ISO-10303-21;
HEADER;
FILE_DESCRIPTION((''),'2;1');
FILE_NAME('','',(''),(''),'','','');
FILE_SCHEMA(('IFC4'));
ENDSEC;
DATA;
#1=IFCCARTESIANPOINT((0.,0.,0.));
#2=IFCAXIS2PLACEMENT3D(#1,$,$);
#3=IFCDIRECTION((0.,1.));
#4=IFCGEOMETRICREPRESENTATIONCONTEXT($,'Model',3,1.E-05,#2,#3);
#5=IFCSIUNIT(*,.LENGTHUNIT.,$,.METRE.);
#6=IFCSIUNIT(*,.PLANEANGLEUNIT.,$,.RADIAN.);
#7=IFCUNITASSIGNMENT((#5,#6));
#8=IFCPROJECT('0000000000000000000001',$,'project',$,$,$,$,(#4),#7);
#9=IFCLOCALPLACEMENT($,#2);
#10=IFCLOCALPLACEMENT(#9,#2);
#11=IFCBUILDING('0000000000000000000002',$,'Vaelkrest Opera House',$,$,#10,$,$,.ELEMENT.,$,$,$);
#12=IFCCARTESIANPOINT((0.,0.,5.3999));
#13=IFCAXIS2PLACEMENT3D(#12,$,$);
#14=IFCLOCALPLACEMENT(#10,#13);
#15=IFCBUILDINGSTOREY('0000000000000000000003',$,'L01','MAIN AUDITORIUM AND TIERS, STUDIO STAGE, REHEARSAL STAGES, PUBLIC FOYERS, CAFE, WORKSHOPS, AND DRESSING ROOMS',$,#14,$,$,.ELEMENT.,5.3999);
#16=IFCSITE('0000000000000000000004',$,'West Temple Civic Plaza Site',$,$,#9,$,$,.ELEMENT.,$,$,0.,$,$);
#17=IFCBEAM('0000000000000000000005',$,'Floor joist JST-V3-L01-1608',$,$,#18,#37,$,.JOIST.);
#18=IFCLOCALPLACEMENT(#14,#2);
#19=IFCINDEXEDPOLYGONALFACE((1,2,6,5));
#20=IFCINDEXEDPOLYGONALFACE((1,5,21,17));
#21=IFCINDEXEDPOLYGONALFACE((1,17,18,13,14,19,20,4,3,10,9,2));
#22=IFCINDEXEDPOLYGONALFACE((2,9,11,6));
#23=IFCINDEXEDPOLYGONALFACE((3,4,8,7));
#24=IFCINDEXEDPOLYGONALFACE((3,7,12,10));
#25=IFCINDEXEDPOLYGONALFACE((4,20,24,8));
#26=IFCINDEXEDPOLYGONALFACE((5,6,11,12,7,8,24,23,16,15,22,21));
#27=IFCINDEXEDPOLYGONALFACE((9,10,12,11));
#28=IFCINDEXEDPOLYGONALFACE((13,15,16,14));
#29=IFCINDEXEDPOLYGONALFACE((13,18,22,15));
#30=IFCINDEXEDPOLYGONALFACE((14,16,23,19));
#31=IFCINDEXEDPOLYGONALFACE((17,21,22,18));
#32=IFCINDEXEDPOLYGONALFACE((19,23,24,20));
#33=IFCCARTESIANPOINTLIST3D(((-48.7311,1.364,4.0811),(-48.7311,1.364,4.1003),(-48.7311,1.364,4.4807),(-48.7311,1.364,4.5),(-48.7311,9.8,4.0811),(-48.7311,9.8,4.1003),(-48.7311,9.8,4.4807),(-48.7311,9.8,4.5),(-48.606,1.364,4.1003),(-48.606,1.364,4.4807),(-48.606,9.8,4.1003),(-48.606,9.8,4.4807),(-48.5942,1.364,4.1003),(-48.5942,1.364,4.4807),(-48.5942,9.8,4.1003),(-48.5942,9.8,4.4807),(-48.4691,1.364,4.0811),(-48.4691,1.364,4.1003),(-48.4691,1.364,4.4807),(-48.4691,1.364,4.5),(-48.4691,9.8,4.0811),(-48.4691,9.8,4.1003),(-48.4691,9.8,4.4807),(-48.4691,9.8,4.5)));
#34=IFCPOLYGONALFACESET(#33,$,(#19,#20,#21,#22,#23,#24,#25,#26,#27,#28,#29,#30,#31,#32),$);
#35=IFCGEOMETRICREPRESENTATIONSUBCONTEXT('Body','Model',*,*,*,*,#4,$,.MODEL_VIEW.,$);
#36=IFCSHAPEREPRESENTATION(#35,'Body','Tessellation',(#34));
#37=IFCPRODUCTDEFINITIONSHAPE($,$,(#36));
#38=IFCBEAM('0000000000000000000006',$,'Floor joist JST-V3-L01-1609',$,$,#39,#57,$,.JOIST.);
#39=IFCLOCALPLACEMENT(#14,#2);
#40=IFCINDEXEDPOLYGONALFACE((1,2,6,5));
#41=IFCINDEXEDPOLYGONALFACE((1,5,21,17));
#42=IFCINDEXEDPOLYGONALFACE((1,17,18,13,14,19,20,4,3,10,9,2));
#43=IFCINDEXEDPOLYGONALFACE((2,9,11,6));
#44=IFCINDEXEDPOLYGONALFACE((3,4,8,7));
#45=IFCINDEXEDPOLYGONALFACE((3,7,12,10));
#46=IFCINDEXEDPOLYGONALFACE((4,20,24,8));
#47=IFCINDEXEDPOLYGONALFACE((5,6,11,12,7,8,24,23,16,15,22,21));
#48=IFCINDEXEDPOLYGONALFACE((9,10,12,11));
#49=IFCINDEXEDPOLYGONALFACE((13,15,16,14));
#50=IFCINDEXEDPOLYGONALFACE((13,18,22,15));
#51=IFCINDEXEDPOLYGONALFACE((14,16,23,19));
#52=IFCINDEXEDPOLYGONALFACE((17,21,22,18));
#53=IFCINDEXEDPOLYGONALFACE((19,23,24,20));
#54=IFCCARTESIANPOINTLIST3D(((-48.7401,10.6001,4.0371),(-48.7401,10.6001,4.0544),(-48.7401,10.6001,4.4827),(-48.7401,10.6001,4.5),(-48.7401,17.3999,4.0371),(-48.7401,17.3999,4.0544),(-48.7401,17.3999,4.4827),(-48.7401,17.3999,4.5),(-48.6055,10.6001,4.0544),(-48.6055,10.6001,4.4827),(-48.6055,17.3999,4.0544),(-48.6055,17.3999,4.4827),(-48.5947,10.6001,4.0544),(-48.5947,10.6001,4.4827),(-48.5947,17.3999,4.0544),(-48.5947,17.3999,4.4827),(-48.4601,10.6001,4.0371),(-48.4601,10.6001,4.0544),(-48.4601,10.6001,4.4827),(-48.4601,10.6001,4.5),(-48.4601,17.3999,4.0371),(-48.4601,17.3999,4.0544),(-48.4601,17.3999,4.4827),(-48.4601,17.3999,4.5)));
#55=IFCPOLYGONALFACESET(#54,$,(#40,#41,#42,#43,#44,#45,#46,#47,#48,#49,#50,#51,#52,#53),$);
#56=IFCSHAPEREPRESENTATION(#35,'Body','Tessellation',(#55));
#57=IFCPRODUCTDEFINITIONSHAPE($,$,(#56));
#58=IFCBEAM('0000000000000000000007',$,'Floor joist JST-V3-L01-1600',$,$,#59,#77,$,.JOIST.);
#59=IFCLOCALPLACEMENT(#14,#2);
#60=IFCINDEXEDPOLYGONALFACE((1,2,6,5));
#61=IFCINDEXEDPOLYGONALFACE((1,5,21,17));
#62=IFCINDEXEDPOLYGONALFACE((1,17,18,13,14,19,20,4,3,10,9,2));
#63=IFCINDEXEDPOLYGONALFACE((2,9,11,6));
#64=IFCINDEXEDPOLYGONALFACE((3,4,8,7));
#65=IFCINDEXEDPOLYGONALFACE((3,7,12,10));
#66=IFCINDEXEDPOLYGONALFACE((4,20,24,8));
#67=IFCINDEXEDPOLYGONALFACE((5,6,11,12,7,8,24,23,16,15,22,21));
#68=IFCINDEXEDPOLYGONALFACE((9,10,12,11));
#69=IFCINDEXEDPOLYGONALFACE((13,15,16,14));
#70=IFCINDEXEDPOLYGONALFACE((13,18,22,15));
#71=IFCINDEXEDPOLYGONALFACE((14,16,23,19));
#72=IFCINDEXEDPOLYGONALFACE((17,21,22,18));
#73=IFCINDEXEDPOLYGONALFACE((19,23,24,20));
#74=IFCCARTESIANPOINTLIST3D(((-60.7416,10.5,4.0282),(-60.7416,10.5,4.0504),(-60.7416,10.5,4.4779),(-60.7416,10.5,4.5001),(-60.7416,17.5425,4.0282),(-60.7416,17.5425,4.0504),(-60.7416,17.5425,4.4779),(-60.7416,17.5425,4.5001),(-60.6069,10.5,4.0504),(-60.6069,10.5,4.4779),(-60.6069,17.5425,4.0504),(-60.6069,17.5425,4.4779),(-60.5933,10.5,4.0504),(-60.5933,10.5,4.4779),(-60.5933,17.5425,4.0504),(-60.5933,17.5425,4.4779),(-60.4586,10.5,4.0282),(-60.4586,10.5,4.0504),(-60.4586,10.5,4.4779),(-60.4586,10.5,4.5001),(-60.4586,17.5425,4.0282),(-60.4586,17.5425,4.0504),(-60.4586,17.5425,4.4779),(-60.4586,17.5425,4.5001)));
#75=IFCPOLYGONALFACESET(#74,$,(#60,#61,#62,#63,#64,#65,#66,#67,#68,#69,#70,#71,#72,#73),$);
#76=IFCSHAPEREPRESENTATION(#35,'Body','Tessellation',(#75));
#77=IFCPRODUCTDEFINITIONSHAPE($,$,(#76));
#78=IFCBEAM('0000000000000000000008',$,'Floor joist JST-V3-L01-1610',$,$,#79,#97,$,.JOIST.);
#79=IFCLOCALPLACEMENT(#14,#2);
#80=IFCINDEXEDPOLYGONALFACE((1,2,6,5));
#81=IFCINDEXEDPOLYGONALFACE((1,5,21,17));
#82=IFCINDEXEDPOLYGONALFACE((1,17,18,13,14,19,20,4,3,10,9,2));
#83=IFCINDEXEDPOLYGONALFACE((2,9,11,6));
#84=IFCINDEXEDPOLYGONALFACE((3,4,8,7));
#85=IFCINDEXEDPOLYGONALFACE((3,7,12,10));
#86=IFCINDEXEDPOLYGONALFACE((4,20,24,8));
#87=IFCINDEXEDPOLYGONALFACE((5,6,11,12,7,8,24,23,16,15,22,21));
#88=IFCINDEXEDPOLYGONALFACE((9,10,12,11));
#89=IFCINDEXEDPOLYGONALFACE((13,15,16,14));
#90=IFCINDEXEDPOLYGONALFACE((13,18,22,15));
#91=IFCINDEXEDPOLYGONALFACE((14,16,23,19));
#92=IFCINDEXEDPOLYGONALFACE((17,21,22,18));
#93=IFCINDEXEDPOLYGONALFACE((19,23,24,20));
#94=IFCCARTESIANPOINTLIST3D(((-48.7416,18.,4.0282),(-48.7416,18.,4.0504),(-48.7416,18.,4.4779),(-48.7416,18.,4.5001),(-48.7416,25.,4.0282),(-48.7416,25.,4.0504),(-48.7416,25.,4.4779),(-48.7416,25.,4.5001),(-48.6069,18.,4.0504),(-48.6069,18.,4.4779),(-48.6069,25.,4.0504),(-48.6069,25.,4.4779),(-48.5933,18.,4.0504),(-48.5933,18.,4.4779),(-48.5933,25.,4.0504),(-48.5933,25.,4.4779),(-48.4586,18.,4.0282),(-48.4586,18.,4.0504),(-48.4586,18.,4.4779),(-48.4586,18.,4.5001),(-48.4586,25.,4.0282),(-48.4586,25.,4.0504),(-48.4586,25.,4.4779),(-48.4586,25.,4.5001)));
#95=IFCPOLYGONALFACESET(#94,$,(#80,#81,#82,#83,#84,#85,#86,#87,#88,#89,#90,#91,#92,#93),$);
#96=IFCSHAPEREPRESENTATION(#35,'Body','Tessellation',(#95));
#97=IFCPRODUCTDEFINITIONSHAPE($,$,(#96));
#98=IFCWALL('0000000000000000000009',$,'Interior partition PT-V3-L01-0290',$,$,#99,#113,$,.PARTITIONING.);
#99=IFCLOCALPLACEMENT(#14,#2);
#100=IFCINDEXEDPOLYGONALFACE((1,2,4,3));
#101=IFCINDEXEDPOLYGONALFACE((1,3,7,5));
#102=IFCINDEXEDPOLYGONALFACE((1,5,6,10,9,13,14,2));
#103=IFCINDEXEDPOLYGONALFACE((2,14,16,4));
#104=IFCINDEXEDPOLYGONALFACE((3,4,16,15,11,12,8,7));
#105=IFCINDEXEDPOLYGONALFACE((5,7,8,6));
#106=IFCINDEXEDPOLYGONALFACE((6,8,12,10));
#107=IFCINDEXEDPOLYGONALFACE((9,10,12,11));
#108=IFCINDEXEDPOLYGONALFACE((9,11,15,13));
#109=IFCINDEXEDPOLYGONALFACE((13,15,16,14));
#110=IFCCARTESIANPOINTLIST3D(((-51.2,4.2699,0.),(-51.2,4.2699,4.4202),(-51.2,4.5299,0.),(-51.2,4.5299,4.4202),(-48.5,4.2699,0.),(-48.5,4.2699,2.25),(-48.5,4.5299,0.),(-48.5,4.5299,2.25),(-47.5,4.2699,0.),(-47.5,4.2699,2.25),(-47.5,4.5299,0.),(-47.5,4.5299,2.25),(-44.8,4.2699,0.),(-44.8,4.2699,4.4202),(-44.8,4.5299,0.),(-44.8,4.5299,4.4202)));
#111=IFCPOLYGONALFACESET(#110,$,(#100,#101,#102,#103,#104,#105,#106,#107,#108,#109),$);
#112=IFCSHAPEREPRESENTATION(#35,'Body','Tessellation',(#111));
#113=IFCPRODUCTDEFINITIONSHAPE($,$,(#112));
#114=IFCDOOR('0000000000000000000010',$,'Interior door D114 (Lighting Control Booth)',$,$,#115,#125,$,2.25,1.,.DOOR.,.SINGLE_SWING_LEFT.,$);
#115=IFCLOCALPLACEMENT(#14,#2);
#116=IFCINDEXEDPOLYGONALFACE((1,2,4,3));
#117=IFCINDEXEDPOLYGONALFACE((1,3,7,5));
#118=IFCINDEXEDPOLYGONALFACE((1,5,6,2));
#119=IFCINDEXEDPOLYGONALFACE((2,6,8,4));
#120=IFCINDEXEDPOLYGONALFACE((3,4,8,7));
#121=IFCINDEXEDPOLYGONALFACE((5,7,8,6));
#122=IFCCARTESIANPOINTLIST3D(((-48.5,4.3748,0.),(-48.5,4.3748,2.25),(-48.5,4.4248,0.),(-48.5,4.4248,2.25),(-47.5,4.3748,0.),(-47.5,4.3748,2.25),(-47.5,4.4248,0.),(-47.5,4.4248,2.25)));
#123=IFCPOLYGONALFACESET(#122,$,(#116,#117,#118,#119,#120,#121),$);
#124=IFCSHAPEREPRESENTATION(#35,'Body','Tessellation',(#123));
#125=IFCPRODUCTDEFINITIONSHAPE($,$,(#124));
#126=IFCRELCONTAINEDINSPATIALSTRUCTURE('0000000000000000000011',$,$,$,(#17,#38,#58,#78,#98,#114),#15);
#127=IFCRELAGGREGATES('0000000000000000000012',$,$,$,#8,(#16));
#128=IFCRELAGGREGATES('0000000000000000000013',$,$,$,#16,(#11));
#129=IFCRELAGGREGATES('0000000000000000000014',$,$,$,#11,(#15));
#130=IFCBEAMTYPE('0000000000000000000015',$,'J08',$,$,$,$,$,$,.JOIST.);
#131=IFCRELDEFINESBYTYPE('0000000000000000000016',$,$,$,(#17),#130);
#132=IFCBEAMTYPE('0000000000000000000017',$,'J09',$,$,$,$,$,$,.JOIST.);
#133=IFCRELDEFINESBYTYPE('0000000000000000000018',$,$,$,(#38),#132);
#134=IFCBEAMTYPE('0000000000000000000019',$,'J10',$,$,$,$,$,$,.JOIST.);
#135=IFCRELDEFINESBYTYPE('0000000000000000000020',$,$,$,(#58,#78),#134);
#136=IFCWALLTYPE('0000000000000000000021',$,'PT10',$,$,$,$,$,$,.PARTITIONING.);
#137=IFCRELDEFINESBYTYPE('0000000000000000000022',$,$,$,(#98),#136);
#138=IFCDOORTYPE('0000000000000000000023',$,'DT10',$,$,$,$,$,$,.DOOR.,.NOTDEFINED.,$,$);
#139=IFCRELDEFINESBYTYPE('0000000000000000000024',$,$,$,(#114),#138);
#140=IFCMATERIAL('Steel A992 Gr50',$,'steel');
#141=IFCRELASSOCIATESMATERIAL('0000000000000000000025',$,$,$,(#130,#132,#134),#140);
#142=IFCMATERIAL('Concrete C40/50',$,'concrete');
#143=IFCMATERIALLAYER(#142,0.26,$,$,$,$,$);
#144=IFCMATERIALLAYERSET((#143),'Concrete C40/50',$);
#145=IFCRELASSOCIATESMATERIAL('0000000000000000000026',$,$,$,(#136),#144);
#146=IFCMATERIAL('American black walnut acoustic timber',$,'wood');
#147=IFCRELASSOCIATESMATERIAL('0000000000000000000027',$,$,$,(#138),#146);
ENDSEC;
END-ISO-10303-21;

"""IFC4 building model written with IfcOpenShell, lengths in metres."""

from ifc_helpers import new_model, si_unit, direction, frame, frame_2d, origin, origin_2d, place, context, subcontext, project, spatial, rectangle, i_section, extrude, material, layer, layer_set, material_profile, profile_set, type_object, element, fill, save


model = new_model("IFC4")

# Units and contexts
model_context = context("Model", 3, precision=1e-05, world=origin(), true_north=direction((0.0, 1.0)))
body_context = subcontext(model_context, "Body", "Model", "MODEL_VIEW")
ifc_project = project(units=[si_unit("LENGTHUNIT", "METRE"), si_unit("PLANEANGLEUNIT", "RADIAN")], contexts=[model_context])

# Site, building, storey
site_placement = place(None, origin())
site = spatial("IfcSite", under=ifc_project, at=site_placement, Name="West Temple Civic Plaza Site", CompositionType="ELEMENT", RefElevation=0.0)
building_placement = place(site_placement, origin())
building = spatial("IfcBuilding", under=site, at=building_placement, Name="Vaelkrest Opera House", CompositionType="ELEMENT")
storey_placement = place(building_placement, frame((0.0, 0.0, 5.3999)))
storey = spatial("IfcBuildingStorey", under=building, at=storey_placement, Name="L01", Description="MAIN AUDITORIUM AND TIERS, STUDIO STAGE, REHEARSAL STAGES, PUBLIC FOYERS, CAFE, WORKSHOPS, AND DRESSING ROOMS", CompositionType="ELEMENT", Elevation=5.3999)

# Beams
ifc_material_1 = material(Name="Steel A992 Gr50", Category="steel")
ifc_material_profile_1 = material_profile(ifc_material_1, i_section(OverallWidth=0.262, OverallDepth=0.4189, WebThickness=0.0117, FlangeThickness=0.0193, at=origin_2d()), Name="W16X77")
ifc_profile_set_1 = profile_set([ifc_material_profile_1], Name="Steel A992 Gr50")
beam_type_1 = type_object("IfcBeamType", Name="J08", PredefinedType="JOIST", material=ifc_profile_set_1)
beam_1_placement = place(storey_placement, frame((-48.6001, 1.364, 4.2905), z_axis=(0.0, 1.0, 0.0), x_axis=(-1.0, 0.0, 0.0)))
element("IfcBeam", 1, at=beam_1_placement, inside=storey, type_object=beam_type_1, Name="Floor joist JST-V3-L01-1608", PredefinedType="JOIST", context=body_context, shape_type="SweptSolid", body=[
    extrude(i_section(OverallWidth=0.262, OverallDepth=0.4189, WebThickness=0.0117, FlangeThickness=0.0193, at=origin_2d()), origin(), (0.0, 0.0, 1.0), 8.436),
])
ifc_material_profile_2 = material_profile(ifc_material_1, i_section(OverallWidth=0.28, OverallDepth=0.4629, WebThickness=0.0107, FlangeThickness=0.0173, at=origin_2d()), Name="W18X76")
ifc_profile_set_2 = profile_set([ifc_material_profile_2], Name="Steel A992 Gr50")
beam_type_2 = type_object("IfcBeamType", Name="J09", PredefinedType="JOIST", material=ifc_profile_set_2)
beam_2_placement = place(storey_placement, frame((-48.6001, 10.6001, 4.2686), z_axis=(0.0, 1.0, 0.0), x_axis=(-1.0, 0.0, 0.0)))
element("IfcBeam", 2, at=beam_2_placement, inside=storey, type_object=beam_type_2, Name="Floor joist JST-V3-L01-1609", PredefinedType="JOIST", context=body_context, shape_type="SweptSolid", body=[
    extrude(i_section(OverallWidth=0.28, OverallDepth=0.4629, WebThickness=0.0107, FlangeThickness=0.0173, at=origin_2d()), origin(), (0.0, 0.0, 1.0), 6.7998),
])
ifc_material_profile_3 = material_profile(ifc_material_1, i_section(OverallWidth=0.283, OverallDepth=0.4719, WebThickness=0.0137, FlangeThickness=0.0222, at=origin_2d()), Name="W18X97")
ifc_profile_set_3 = profile_set([ifc_material_profile_3], Name="Steel A992 Gr50")
beam_type_3 = type_object("IfcBeamType", Name="J10", PredefinedType="JOIST", material=ifc_profile_set_3)
beam_3_placement = place(storey_placement, frame((-60.6001, 10.5, 4.2642), z_axis=(0.0, 1.0, 0.0), x_axis=(-1.0, 0.0, 0.0)))
element("IfcBeam", 3, at=beam_3_placement, inside=storey, type_object=beam_type_3, Name="Floor joist JST-V3-L01-1600", PredefinedType="JOIST", context=body_context, shape_type="SweptSolid", body=[
    extrude(i_section(OverallWidth=0.283, OverallDepth=0.4719, WebThickness=0.0137, FlangeThickness=0.0222, at=origin_2d()), origin(), (0.0, 0.0, 1.0), 7.0425),
])
beam_4_placement = place(storey_placement, frame((-48.6001, 18.0, 4.2642), z_axis=(0.0, 1.0, 0.0), x_axis=(-1.0, 0.0, 0.0)))
element("IfcBeam", 4, at=beam_4_placement, inside=storey, type_object=beam_type_3, Name="Floor joist JST-V3-L01-1610", PredefinedType="JOIST", context=body_context, shape_type="SweptSolid", body=[
    extrude(i_section(OverallWidth=0.283, OverallDepth=0.4719, WebThickness=0.0137, FlangeThickness=0.0222, at=origin_2d()), origin(), (0.0, 0.0, 1.0), 7.0),
])

# Wall, opening, door
ifc_material_2 = material(Name="Concrete C40/50", Category="concrete")
ifc_layer = layer(ifc_material_2, 0.26)
ifc_layer_set = layer_set([ifc_layer], Name="Concrete C40/50")
wall_type = type_object("IfcWallType", Name="PT10", PredefinedType="PARTITIONING", material=ifc_layer_set)
wall_placement = place(storey_placement, frame((-51.2, 4.3999, 0.0), z_axis=(0.0, 0.0, 1.0), x_axis=(1.0, 0.0, 0.0)))
wall = element("IfcWall", 5, at=wall_placement, inside=storey, type_object=wall_type, Name="Interior partition PT-V3-L01-0290", PredefinedType="PARTITIONING", context=body_context, shape_type="SweptSolid", body=[
    extrude(rectangle(XDim=6.3999, YDim=0.26, at=frame_2d((3.2, 0.0))), origin(), (0.0, 0.0, 1.0), 4.4202),
])
opening_placement = place(wall_placement, frame((2.7, 0.0, 0.0)))
opening = element("IfcOpeningElement", 6, at=opening_placement, cuts=wall, PredefinedType="OPENING", context=body_context, shape_type="SweptSolid", body=[
    extrude(rectangle(XDim=1.0, YDim=2.25, at=frame_2d((0.5, 1.125))), frame((0.0, 0.1399, 0.0), z_axis=(0.0, -1.0, 0.0), x_axis=(1.0, 0.0, 0.0)), (0.0, 0.0, 1.0), 0.28),
])
ifc_material_3 = material(Name="American black walnut acoustic timber", Category="wood")
door_type = type_object("IfcDoorType", Name="DT10", OperationType="NOTDEFINED", PredefinedType="DOOR", material=ifc_material_3)
door_placement = place(opening_placement, origin())
door = element("IfcDoor", 7, at=door_placement, inside=storey, type_object=door_type, Name="Interior door D114 (Lighting Control Booth)", OperationType="SINGLE_SWING_LEFT", OverallHeight=2.25, OverallWidth=1.0, PredefinedType="DOOR", context=body_context, shape_type="SweptSolid", body=[
    extrude(rectangle(XDim=1.0, YDim=2.25, at=frame_2d((0.5, 1.125))), frame((0.0, 0.0249, 0.0), z_axis=(0.0, -1.0, 0.0), x_axis=(1.0, 0.0, 0.0)), (0.0, 0.0, 1.0), 0.05),
])
fill(opening, door)

save(model, "model.ifc")
